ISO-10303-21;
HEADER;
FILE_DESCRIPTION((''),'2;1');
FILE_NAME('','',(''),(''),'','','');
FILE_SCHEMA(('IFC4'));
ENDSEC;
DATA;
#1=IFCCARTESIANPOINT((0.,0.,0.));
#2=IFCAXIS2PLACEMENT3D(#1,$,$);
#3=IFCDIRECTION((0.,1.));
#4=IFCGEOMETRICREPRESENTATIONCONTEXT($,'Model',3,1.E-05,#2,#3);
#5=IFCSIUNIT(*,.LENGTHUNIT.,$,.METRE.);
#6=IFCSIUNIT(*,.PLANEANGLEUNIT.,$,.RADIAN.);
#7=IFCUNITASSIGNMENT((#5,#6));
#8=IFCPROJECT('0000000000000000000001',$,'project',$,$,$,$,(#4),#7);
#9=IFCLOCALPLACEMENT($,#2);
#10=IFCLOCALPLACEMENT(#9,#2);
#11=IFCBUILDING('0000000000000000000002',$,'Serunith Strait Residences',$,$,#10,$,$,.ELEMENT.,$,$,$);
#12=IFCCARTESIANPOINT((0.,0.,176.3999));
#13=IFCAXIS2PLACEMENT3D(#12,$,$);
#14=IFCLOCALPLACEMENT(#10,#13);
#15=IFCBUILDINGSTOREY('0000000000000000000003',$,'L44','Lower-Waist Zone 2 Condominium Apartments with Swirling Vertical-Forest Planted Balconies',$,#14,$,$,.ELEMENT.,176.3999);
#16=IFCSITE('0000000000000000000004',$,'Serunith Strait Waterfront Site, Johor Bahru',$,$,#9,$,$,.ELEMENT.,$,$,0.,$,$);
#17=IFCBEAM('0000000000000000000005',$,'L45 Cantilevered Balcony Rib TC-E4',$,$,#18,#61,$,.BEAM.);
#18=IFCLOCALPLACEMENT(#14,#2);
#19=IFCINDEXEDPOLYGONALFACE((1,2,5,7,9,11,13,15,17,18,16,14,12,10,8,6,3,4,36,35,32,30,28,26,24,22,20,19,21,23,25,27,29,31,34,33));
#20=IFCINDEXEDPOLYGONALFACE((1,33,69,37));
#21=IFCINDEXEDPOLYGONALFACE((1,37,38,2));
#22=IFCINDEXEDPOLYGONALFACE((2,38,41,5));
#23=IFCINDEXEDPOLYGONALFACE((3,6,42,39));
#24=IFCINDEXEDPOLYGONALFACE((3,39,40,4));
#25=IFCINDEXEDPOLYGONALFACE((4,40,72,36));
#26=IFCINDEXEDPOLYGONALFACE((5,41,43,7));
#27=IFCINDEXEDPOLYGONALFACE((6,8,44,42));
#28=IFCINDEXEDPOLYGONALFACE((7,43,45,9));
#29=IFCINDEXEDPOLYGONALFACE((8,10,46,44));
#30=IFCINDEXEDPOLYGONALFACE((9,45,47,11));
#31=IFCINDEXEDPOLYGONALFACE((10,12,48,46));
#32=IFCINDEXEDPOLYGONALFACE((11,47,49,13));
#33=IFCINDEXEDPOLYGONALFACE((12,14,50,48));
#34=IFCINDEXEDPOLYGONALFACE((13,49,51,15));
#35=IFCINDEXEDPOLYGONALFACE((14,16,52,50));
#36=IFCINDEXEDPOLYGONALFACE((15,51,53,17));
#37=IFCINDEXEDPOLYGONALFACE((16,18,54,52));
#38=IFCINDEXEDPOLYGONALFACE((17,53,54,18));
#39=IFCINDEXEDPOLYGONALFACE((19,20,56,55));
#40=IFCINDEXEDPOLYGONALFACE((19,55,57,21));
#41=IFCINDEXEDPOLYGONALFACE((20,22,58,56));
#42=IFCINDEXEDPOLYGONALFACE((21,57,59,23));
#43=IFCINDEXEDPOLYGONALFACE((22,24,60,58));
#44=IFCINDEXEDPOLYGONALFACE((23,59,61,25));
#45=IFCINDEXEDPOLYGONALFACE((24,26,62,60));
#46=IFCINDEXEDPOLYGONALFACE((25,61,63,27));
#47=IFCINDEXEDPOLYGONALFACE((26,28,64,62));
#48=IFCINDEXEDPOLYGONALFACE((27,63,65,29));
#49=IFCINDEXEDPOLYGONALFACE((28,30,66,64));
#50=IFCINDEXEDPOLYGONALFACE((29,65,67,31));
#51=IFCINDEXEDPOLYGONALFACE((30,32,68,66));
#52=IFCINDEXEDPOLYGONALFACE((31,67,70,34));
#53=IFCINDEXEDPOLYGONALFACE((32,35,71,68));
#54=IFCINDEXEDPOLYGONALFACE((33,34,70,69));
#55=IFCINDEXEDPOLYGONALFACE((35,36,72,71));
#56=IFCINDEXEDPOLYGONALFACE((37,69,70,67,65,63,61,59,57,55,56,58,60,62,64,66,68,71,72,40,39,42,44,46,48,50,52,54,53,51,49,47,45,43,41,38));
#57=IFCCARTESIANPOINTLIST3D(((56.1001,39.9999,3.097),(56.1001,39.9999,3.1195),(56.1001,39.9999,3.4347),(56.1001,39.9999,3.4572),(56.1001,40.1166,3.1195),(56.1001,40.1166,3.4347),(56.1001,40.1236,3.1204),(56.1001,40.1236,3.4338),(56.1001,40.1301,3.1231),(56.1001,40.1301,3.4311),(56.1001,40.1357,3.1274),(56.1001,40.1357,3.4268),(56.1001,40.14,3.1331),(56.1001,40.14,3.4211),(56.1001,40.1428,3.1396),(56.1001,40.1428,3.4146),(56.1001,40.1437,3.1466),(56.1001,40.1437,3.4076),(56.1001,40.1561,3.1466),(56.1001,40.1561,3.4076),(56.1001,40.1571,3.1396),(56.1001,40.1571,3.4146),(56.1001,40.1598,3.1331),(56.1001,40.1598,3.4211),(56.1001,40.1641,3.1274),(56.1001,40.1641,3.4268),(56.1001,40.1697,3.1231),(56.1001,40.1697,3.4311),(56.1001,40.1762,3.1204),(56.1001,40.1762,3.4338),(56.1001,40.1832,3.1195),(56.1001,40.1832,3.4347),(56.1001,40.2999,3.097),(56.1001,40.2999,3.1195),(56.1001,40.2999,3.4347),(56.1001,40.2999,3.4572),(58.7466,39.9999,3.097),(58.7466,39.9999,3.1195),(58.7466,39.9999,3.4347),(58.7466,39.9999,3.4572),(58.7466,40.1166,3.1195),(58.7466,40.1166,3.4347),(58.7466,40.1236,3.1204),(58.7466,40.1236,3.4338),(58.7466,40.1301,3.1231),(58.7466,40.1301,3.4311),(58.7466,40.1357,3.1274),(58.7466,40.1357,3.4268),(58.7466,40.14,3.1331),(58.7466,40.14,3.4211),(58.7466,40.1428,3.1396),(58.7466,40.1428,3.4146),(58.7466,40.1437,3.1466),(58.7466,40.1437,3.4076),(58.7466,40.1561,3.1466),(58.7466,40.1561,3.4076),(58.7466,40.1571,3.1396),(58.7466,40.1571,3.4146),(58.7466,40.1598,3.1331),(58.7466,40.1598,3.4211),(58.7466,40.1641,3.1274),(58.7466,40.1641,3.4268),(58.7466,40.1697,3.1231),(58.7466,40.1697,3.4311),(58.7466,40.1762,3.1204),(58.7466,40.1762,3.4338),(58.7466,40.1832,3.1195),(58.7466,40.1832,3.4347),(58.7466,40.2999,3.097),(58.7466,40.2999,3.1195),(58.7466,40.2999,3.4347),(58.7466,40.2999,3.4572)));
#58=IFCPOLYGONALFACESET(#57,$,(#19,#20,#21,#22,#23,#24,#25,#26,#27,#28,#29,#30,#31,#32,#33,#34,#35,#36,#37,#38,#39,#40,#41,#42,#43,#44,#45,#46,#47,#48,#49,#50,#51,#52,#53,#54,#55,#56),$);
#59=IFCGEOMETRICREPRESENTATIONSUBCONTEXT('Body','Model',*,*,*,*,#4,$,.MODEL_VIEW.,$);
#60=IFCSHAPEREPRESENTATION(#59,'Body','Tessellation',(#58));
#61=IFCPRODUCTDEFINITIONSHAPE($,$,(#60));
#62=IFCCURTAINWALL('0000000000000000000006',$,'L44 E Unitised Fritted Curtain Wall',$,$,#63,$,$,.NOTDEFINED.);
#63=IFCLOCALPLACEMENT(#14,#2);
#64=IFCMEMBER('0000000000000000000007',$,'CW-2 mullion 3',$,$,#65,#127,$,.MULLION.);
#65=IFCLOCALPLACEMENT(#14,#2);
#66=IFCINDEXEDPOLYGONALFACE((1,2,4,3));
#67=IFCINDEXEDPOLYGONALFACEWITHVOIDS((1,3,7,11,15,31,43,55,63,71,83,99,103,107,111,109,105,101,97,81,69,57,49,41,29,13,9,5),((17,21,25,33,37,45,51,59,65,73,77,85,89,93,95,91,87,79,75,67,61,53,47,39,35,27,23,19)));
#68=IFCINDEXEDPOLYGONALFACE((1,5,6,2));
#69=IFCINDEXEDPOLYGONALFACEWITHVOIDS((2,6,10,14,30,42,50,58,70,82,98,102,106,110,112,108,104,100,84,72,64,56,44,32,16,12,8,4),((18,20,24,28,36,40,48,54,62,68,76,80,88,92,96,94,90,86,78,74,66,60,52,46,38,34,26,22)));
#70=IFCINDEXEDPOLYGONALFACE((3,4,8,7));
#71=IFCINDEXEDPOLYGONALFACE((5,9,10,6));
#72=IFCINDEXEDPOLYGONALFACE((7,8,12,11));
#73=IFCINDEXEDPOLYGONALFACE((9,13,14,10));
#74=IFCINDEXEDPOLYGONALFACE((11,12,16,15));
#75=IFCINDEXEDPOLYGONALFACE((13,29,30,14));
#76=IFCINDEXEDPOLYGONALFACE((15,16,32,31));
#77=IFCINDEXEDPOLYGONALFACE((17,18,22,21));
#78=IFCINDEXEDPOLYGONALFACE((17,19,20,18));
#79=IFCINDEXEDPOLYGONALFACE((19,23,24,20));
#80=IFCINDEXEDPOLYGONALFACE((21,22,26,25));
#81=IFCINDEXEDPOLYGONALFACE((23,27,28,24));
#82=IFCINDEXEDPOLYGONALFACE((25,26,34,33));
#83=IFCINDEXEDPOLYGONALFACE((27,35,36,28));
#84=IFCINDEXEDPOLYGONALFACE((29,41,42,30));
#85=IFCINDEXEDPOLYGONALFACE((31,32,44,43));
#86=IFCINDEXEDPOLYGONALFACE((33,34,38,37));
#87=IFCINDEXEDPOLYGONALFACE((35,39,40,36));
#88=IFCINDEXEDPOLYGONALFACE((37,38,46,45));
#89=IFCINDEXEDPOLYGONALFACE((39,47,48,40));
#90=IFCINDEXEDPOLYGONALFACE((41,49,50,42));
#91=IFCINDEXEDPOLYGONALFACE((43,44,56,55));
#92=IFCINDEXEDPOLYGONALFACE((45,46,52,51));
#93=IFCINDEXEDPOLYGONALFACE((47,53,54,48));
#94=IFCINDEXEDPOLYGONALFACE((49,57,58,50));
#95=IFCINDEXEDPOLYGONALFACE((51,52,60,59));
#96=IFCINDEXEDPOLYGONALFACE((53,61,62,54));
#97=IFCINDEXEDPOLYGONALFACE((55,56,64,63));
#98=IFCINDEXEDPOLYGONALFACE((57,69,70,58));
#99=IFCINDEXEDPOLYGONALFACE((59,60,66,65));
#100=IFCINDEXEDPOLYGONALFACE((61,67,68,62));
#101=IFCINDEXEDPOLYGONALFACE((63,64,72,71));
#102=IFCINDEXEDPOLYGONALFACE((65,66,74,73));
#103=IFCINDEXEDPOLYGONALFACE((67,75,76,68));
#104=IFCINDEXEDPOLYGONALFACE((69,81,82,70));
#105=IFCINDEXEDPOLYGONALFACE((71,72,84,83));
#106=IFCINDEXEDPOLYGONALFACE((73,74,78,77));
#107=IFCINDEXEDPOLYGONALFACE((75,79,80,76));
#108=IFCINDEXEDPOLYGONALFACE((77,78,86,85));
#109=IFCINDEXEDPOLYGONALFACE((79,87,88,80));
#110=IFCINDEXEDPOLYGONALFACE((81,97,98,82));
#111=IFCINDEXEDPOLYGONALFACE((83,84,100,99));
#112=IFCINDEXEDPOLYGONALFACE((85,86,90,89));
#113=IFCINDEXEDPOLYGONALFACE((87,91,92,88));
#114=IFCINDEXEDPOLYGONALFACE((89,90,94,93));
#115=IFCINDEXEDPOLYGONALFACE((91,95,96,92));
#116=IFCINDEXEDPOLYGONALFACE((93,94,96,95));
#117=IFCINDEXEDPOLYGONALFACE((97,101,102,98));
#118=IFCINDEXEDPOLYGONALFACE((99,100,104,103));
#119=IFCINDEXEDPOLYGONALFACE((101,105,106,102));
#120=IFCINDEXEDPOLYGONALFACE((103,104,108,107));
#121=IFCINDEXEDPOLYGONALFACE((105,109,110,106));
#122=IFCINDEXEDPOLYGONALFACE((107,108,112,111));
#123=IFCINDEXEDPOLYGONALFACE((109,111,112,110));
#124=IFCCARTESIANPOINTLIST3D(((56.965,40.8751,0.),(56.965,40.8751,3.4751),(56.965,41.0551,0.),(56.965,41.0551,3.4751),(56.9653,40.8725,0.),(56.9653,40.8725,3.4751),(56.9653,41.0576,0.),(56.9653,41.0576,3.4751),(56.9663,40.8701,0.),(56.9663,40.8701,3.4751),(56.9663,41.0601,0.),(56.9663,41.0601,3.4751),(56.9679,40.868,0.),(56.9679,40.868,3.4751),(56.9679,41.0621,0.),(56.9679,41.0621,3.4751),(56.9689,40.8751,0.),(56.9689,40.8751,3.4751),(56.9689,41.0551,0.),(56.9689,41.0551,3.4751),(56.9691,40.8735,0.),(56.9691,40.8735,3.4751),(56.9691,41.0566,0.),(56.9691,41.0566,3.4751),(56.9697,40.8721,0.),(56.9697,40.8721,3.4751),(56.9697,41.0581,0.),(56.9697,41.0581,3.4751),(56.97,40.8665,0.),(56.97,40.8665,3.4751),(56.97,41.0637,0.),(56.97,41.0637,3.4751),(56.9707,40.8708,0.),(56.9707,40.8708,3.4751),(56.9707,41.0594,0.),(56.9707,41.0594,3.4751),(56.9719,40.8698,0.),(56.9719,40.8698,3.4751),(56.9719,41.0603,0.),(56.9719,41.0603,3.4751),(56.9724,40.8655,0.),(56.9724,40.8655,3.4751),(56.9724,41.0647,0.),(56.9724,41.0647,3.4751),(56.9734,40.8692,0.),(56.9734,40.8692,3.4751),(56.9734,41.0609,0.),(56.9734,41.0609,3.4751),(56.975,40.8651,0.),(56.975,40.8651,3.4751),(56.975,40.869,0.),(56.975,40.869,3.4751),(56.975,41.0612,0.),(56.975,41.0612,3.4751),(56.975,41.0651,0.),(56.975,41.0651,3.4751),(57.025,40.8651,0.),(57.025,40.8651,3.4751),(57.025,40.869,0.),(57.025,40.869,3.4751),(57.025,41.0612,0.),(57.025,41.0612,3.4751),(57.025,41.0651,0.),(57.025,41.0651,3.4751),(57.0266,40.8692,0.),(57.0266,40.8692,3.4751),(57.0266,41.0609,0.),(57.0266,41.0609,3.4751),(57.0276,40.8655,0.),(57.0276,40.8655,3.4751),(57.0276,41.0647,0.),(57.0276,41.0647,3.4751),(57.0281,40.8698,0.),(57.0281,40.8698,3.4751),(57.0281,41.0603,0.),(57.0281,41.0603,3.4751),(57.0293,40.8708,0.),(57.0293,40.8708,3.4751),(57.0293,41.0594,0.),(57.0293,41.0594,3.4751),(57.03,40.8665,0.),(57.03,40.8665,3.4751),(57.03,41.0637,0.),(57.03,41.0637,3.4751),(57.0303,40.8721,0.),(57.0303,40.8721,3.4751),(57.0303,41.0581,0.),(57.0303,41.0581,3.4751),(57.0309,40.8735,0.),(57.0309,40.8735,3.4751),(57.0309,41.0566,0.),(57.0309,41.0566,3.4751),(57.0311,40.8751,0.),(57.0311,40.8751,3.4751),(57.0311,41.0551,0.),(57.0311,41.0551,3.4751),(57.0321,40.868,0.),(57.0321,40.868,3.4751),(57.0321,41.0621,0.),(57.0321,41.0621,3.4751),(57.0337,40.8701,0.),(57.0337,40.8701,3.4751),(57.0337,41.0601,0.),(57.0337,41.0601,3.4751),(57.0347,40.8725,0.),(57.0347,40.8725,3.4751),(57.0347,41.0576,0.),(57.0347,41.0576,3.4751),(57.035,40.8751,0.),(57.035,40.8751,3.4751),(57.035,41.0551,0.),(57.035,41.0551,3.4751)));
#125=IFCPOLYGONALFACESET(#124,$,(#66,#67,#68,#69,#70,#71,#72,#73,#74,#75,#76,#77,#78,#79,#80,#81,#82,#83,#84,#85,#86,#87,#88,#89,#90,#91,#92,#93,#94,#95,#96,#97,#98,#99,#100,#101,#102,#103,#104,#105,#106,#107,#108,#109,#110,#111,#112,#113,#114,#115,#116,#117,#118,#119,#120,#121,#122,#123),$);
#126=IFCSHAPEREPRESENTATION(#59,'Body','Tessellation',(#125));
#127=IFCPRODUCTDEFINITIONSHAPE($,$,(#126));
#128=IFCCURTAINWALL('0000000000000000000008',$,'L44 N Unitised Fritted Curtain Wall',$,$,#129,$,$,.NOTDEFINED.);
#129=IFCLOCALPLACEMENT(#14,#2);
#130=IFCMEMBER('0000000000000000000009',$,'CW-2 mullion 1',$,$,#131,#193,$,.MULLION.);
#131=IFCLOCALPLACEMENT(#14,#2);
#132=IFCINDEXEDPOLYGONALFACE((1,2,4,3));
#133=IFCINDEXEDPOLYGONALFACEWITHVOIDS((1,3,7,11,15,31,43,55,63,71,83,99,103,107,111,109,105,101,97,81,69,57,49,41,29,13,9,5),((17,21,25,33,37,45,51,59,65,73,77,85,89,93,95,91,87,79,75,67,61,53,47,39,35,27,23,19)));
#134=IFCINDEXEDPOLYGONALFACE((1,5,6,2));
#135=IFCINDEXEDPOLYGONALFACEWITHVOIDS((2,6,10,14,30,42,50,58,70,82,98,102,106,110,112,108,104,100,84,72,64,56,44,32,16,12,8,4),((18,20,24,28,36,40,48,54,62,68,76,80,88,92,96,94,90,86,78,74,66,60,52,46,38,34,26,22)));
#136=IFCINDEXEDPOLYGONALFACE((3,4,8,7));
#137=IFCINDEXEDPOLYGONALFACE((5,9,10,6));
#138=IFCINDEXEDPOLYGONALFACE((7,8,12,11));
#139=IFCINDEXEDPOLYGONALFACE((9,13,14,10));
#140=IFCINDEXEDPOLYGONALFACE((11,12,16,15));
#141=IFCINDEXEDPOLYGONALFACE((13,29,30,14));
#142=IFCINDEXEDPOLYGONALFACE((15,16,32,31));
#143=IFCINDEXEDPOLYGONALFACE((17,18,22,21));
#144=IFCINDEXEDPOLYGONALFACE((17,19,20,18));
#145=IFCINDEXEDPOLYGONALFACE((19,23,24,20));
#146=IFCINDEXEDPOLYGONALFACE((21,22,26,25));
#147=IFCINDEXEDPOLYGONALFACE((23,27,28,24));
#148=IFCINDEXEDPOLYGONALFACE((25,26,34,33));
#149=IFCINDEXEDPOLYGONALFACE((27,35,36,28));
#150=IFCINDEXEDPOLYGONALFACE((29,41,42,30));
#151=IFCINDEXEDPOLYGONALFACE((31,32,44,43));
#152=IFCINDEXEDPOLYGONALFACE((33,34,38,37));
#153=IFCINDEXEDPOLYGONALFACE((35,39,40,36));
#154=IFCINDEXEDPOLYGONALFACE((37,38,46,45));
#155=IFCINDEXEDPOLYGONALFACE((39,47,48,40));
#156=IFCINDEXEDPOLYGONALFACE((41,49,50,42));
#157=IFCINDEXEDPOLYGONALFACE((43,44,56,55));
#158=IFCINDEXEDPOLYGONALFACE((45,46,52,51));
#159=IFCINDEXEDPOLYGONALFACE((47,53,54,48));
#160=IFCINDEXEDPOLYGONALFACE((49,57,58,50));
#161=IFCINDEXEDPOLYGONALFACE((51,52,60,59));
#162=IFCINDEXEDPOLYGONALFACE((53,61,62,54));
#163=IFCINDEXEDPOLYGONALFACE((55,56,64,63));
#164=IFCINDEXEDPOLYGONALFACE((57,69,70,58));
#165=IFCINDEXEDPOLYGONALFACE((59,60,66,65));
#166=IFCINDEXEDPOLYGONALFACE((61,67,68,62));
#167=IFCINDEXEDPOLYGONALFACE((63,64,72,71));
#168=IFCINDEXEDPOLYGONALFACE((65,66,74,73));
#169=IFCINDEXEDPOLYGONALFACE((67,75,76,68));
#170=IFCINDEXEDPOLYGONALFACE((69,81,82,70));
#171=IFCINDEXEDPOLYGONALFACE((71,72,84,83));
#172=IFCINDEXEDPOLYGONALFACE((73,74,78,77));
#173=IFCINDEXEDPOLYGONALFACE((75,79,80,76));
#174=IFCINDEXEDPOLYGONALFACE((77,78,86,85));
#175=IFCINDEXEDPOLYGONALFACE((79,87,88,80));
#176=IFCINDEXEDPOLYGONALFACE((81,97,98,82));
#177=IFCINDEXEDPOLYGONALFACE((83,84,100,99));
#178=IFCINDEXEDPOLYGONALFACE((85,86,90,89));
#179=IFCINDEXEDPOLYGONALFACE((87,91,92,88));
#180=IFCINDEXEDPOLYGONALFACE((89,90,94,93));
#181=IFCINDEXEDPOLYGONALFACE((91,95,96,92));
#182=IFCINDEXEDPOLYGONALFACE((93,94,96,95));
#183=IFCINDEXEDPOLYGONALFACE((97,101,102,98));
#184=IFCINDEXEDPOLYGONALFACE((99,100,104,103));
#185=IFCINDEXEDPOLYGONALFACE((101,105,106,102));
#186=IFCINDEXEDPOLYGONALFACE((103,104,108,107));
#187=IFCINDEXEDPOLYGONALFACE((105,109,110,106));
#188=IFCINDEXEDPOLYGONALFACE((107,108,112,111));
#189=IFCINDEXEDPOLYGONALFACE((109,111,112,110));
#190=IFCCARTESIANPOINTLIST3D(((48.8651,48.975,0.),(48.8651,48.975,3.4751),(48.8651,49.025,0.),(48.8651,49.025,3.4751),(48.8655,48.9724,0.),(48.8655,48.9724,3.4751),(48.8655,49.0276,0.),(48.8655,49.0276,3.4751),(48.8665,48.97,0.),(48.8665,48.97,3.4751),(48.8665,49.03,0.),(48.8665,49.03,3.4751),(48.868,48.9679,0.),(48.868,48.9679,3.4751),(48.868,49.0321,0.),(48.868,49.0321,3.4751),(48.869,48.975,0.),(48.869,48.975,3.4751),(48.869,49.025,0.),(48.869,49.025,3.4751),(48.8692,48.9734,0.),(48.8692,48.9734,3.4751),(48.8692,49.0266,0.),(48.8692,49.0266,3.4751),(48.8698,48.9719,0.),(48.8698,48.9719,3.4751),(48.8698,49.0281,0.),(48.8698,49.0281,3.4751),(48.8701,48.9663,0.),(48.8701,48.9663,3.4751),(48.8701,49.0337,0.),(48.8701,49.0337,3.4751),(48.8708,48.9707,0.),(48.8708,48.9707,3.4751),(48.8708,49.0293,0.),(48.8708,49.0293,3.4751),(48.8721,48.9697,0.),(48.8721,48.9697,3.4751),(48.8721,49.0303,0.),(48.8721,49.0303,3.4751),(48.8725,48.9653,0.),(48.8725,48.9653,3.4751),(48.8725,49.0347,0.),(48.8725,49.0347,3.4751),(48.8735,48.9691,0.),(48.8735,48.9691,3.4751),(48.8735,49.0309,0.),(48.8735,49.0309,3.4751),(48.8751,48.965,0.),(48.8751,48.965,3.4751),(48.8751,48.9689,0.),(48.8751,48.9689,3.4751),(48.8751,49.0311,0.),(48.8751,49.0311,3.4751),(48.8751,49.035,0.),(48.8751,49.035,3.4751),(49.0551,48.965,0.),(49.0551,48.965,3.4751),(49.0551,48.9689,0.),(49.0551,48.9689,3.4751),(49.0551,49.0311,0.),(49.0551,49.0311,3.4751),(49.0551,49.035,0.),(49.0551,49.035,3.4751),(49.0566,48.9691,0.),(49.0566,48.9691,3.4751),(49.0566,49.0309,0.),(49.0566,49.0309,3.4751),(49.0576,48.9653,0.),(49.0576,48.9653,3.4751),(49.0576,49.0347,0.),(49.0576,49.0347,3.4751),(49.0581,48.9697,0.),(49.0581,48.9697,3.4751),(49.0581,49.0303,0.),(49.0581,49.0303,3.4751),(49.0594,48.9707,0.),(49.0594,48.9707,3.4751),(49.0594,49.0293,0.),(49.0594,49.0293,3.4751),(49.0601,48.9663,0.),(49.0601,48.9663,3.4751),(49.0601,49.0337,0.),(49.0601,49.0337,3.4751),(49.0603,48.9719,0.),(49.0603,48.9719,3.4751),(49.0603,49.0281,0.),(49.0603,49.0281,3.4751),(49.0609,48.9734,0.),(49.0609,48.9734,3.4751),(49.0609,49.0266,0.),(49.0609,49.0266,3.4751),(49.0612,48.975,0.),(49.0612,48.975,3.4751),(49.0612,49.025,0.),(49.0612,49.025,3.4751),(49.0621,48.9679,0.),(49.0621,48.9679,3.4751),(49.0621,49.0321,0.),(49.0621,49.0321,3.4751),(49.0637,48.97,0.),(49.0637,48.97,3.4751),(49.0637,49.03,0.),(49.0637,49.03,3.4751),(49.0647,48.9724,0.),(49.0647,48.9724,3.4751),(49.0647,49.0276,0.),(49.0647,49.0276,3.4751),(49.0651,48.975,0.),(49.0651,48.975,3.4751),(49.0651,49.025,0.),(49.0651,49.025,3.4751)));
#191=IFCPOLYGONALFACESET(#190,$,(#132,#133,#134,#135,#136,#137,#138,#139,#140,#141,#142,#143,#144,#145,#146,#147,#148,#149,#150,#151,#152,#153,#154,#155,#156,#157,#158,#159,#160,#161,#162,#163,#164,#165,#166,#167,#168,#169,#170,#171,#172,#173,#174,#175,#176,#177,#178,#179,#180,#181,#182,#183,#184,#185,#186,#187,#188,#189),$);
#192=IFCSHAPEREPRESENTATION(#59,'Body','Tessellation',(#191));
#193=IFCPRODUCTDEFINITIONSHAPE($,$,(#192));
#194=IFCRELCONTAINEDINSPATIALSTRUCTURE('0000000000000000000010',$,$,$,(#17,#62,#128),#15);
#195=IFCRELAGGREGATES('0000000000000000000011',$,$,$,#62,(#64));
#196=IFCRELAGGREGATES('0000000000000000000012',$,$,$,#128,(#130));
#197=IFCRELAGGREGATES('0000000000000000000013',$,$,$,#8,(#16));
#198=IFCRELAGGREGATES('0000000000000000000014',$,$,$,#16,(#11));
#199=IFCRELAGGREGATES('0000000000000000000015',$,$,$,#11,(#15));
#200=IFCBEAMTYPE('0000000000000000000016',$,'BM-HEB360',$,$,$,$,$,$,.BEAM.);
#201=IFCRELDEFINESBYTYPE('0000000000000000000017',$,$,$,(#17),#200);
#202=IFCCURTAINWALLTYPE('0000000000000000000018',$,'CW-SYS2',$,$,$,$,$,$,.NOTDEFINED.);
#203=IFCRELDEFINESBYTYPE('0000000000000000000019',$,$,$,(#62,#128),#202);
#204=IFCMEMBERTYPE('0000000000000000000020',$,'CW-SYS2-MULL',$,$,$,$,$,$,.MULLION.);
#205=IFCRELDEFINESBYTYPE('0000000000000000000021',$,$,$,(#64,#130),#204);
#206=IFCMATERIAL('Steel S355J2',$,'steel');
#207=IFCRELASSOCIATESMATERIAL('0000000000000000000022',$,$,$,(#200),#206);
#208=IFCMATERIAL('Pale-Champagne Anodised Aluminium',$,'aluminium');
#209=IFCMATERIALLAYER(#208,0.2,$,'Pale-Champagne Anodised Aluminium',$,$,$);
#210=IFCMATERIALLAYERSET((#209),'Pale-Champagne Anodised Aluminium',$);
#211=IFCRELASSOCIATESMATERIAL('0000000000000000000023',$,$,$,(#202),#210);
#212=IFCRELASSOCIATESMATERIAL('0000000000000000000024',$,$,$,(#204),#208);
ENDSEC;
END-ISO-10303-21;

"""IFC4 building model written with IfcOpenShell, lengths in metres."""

from ifc_helpers import new_model, si_unit, direction, frame, origin, origin_2d, place, context, subcontext, project, spatial, hollow_rectangle, i_section, extrude, source, transform, mapped, material, layer, layer_set, material_profile, profile_set, type_object, element, aggregate, save


model = new_model("IFC4")

# Units and contexts
model_context = context("Model", 3, precision=1e-05, world=origin(), true_north=direction((0.0, 1.0)))
body_context = subcontext(model_context, "Body", "Model", "MODEL_VIEW")
ifc_project = project(units=[si_unit("LENGTHUNIT", "METRE"), si_unit("PLANEANGLEUNIT", "RADIAN")], contexts=[model_context])

# Site, building, storey
site_placement = place(None, origin())
site = spatial("IfcSite", under=ifc_project, at=site_placement, Name="Serunith Strait Waterfront Site, Johor Bahru", CompositionType="ELEMENT", RefElevation=0.0)
building_placement = place(site_placement, origin())
building = spatial("IfcBuilding", under=site, at=building_placement, Name="Serunith Strait Residences", CompositionType="ELEMENT")
storey_placement = place(building_placement, frame((0.0, 0.0, 176.3999)))
storey = spatial("IfcBuildingStorey", under=building, at=storey_placement, Name="L44", Description="Lower-Waist Zone 2 Condominium Apartments with Swirling Vertical-Forest Planted Balconies", CompositionType="ELEMENT", Elevation=176.3999)

# Beam
ifc_material_1 = material(Name="Steel S355J2", Category="steel")
ifc_material_profile_1 = material_profile(ifc_material_1, i_section(OverallWidth=0.3, OverallDepth=0.3601, WebThickness=0.0125, FlangeThickness=0.0225, FilletRadius=0.0271, at=origin_2d()), Name="HEB 360")
ifc_profile_set_1 = profile_set([ifc_material_profile_1], Name="Steel S355J2")
beam_type_1 = type_object("IfcBeamType", Name="BM-HEB360", PredefinedType="BEAM", material=ifc_profile_set_1)
shared_shape_1 = source(origin(), body_context, "Body", "SweptSolid", [
    extrude(i_section(OverallWidth=0.3, OverallDepth=0.3601, WebThickness=0.0125, FlangeThickness=0.0225, FilletRadius=0.0271, at=origin_2d()), origin(), (0.0, 0.0, 1.0), 2.6465),
])
beam_1_placement = place(storey_placement, frame((56.1001, 40.1499, 3.2771), z_axis=(1.0, 0.0, 0.0), x_axis=(0.0, 1.0, 0.0)))
element("IfcBeam", 1, at=beam_1_placement, inside=storey, type_object=beam_type_1, Name="L45 Cantilevered Balcony Rib TC-E4", PredefinedType="BEAM", context=body_context, shape_type="MappedRepresentation", body=[
    mapped(shared_shape_1, transform((0.0, 0.0, 0.0), scale=1.0)),
])

# Curtain wall, member
ifc_material_2 = material(Name="Pale-Champagne Anodised Aluminium", Category="aluminium")
ifc_layer_1 = layer(ifc_material_2, 0.2, Name="Pale-Champagne Anodised Aluminium")
ifc_layer_set_1 = layer_set([ifc_layer_1], Name="Pale-Champagne Anodised Aluminium")
curtain_wall_type = type_object("IfcCurtainWallType", Name="CW-SYS2", PredefinedType="NOTDEFINED", material=ifc_layer_set_1)
curtain_wall_1_placement = place(storey_placement, origin())
curtain_wall_1 = element("IfcCurtainWall", 2, at=curtain_wall_1_placement, inside=storey, type_object=curtain_wall_type, Name="L44 E Unitised Fritted Curtain Wall", PredefinedType="NOTDEFINED")
ifc_material_profile_2 = material_profile(ifc_material_2, hollow_rectangle(XDim=0.0701, YDim=0.2, WallThickness=0.0039, InnerFilletRadius=0.0061, OuterFilletRadius=0.01, at=origin_2d()), Name="ALU 200x70x4")
ifc_profile_set_2 = profile_set([ifc_material_profile_2], Name="Pale-Champagne Anodised Aluminium")
member_type_1 = type_object("IfcMemberType", Name="CW-SYS2-MULL", PredefinedType="MULLION", material=ifc_profile_set_2)
shared_shape_2 = source(origin(), body_context, "Body", "SweptSolid", [
    extrude(hollow_rectangle(XDim=0.0701, YDim=0.2, WallThickness=0.0039, InnerFilletRadius=0.0061, OuterFilletRadius=0.01, at=origin_2d()), origin(), (0.0, 0.0, 1.0), 3.4751),
])
member_1_placement = place(storey_placement, frame((57.0, 40.9651, 0.0), z_axis=(0.0, 0.0, 1.0), x_axis=(-1.0, 0.0, 0.0)))
member_1 = element("IfcMember", 3, at=member_1_placement, type_object=member_type_1, Name="CW-2 mullion 3", PredefinedType="MULLION", context=body_context, shape_type="MappedRepresentation", body=[
    mapped(shared_shape_2, transform((0.0, 0.0, 0.0), scale=1.0)),
])
aggregate(curtain_wall_1, [member_1])

# Curtain wall, member
curtain_wall_2_placement = place(storey_placement, origin())
curtain_wall_2 = element("IfcCurtainWall", 4, at=curtain_wall_2_placement, inside=storey, type_object=curtain_wall_type, Name="L44 N Unitised Fritted Curtain Wall", PredefinedType="NOTDEFINED")
member_2_placement = place(storey_placement, frame((48.9651, 49.0, 0.0), z_axis=(0.0, 0.0, 1.0), x_axis=(0.0, -1.0, 0.0)))
member_2 = element("IfcMember", 5, at=member_2_placement, type_object=member_type_1, Name="CW-2 mullion 1", PredefinedType="MULLION", context=body_context, shape_type="MappedRepresentation", body=[
    mapped(shared_shape_2, transform((0.0, 0.0, 0.0), scale=1.0)),
])
aggregate(curtain_wall_2, [member_2])

save(model, "model.ifc")
